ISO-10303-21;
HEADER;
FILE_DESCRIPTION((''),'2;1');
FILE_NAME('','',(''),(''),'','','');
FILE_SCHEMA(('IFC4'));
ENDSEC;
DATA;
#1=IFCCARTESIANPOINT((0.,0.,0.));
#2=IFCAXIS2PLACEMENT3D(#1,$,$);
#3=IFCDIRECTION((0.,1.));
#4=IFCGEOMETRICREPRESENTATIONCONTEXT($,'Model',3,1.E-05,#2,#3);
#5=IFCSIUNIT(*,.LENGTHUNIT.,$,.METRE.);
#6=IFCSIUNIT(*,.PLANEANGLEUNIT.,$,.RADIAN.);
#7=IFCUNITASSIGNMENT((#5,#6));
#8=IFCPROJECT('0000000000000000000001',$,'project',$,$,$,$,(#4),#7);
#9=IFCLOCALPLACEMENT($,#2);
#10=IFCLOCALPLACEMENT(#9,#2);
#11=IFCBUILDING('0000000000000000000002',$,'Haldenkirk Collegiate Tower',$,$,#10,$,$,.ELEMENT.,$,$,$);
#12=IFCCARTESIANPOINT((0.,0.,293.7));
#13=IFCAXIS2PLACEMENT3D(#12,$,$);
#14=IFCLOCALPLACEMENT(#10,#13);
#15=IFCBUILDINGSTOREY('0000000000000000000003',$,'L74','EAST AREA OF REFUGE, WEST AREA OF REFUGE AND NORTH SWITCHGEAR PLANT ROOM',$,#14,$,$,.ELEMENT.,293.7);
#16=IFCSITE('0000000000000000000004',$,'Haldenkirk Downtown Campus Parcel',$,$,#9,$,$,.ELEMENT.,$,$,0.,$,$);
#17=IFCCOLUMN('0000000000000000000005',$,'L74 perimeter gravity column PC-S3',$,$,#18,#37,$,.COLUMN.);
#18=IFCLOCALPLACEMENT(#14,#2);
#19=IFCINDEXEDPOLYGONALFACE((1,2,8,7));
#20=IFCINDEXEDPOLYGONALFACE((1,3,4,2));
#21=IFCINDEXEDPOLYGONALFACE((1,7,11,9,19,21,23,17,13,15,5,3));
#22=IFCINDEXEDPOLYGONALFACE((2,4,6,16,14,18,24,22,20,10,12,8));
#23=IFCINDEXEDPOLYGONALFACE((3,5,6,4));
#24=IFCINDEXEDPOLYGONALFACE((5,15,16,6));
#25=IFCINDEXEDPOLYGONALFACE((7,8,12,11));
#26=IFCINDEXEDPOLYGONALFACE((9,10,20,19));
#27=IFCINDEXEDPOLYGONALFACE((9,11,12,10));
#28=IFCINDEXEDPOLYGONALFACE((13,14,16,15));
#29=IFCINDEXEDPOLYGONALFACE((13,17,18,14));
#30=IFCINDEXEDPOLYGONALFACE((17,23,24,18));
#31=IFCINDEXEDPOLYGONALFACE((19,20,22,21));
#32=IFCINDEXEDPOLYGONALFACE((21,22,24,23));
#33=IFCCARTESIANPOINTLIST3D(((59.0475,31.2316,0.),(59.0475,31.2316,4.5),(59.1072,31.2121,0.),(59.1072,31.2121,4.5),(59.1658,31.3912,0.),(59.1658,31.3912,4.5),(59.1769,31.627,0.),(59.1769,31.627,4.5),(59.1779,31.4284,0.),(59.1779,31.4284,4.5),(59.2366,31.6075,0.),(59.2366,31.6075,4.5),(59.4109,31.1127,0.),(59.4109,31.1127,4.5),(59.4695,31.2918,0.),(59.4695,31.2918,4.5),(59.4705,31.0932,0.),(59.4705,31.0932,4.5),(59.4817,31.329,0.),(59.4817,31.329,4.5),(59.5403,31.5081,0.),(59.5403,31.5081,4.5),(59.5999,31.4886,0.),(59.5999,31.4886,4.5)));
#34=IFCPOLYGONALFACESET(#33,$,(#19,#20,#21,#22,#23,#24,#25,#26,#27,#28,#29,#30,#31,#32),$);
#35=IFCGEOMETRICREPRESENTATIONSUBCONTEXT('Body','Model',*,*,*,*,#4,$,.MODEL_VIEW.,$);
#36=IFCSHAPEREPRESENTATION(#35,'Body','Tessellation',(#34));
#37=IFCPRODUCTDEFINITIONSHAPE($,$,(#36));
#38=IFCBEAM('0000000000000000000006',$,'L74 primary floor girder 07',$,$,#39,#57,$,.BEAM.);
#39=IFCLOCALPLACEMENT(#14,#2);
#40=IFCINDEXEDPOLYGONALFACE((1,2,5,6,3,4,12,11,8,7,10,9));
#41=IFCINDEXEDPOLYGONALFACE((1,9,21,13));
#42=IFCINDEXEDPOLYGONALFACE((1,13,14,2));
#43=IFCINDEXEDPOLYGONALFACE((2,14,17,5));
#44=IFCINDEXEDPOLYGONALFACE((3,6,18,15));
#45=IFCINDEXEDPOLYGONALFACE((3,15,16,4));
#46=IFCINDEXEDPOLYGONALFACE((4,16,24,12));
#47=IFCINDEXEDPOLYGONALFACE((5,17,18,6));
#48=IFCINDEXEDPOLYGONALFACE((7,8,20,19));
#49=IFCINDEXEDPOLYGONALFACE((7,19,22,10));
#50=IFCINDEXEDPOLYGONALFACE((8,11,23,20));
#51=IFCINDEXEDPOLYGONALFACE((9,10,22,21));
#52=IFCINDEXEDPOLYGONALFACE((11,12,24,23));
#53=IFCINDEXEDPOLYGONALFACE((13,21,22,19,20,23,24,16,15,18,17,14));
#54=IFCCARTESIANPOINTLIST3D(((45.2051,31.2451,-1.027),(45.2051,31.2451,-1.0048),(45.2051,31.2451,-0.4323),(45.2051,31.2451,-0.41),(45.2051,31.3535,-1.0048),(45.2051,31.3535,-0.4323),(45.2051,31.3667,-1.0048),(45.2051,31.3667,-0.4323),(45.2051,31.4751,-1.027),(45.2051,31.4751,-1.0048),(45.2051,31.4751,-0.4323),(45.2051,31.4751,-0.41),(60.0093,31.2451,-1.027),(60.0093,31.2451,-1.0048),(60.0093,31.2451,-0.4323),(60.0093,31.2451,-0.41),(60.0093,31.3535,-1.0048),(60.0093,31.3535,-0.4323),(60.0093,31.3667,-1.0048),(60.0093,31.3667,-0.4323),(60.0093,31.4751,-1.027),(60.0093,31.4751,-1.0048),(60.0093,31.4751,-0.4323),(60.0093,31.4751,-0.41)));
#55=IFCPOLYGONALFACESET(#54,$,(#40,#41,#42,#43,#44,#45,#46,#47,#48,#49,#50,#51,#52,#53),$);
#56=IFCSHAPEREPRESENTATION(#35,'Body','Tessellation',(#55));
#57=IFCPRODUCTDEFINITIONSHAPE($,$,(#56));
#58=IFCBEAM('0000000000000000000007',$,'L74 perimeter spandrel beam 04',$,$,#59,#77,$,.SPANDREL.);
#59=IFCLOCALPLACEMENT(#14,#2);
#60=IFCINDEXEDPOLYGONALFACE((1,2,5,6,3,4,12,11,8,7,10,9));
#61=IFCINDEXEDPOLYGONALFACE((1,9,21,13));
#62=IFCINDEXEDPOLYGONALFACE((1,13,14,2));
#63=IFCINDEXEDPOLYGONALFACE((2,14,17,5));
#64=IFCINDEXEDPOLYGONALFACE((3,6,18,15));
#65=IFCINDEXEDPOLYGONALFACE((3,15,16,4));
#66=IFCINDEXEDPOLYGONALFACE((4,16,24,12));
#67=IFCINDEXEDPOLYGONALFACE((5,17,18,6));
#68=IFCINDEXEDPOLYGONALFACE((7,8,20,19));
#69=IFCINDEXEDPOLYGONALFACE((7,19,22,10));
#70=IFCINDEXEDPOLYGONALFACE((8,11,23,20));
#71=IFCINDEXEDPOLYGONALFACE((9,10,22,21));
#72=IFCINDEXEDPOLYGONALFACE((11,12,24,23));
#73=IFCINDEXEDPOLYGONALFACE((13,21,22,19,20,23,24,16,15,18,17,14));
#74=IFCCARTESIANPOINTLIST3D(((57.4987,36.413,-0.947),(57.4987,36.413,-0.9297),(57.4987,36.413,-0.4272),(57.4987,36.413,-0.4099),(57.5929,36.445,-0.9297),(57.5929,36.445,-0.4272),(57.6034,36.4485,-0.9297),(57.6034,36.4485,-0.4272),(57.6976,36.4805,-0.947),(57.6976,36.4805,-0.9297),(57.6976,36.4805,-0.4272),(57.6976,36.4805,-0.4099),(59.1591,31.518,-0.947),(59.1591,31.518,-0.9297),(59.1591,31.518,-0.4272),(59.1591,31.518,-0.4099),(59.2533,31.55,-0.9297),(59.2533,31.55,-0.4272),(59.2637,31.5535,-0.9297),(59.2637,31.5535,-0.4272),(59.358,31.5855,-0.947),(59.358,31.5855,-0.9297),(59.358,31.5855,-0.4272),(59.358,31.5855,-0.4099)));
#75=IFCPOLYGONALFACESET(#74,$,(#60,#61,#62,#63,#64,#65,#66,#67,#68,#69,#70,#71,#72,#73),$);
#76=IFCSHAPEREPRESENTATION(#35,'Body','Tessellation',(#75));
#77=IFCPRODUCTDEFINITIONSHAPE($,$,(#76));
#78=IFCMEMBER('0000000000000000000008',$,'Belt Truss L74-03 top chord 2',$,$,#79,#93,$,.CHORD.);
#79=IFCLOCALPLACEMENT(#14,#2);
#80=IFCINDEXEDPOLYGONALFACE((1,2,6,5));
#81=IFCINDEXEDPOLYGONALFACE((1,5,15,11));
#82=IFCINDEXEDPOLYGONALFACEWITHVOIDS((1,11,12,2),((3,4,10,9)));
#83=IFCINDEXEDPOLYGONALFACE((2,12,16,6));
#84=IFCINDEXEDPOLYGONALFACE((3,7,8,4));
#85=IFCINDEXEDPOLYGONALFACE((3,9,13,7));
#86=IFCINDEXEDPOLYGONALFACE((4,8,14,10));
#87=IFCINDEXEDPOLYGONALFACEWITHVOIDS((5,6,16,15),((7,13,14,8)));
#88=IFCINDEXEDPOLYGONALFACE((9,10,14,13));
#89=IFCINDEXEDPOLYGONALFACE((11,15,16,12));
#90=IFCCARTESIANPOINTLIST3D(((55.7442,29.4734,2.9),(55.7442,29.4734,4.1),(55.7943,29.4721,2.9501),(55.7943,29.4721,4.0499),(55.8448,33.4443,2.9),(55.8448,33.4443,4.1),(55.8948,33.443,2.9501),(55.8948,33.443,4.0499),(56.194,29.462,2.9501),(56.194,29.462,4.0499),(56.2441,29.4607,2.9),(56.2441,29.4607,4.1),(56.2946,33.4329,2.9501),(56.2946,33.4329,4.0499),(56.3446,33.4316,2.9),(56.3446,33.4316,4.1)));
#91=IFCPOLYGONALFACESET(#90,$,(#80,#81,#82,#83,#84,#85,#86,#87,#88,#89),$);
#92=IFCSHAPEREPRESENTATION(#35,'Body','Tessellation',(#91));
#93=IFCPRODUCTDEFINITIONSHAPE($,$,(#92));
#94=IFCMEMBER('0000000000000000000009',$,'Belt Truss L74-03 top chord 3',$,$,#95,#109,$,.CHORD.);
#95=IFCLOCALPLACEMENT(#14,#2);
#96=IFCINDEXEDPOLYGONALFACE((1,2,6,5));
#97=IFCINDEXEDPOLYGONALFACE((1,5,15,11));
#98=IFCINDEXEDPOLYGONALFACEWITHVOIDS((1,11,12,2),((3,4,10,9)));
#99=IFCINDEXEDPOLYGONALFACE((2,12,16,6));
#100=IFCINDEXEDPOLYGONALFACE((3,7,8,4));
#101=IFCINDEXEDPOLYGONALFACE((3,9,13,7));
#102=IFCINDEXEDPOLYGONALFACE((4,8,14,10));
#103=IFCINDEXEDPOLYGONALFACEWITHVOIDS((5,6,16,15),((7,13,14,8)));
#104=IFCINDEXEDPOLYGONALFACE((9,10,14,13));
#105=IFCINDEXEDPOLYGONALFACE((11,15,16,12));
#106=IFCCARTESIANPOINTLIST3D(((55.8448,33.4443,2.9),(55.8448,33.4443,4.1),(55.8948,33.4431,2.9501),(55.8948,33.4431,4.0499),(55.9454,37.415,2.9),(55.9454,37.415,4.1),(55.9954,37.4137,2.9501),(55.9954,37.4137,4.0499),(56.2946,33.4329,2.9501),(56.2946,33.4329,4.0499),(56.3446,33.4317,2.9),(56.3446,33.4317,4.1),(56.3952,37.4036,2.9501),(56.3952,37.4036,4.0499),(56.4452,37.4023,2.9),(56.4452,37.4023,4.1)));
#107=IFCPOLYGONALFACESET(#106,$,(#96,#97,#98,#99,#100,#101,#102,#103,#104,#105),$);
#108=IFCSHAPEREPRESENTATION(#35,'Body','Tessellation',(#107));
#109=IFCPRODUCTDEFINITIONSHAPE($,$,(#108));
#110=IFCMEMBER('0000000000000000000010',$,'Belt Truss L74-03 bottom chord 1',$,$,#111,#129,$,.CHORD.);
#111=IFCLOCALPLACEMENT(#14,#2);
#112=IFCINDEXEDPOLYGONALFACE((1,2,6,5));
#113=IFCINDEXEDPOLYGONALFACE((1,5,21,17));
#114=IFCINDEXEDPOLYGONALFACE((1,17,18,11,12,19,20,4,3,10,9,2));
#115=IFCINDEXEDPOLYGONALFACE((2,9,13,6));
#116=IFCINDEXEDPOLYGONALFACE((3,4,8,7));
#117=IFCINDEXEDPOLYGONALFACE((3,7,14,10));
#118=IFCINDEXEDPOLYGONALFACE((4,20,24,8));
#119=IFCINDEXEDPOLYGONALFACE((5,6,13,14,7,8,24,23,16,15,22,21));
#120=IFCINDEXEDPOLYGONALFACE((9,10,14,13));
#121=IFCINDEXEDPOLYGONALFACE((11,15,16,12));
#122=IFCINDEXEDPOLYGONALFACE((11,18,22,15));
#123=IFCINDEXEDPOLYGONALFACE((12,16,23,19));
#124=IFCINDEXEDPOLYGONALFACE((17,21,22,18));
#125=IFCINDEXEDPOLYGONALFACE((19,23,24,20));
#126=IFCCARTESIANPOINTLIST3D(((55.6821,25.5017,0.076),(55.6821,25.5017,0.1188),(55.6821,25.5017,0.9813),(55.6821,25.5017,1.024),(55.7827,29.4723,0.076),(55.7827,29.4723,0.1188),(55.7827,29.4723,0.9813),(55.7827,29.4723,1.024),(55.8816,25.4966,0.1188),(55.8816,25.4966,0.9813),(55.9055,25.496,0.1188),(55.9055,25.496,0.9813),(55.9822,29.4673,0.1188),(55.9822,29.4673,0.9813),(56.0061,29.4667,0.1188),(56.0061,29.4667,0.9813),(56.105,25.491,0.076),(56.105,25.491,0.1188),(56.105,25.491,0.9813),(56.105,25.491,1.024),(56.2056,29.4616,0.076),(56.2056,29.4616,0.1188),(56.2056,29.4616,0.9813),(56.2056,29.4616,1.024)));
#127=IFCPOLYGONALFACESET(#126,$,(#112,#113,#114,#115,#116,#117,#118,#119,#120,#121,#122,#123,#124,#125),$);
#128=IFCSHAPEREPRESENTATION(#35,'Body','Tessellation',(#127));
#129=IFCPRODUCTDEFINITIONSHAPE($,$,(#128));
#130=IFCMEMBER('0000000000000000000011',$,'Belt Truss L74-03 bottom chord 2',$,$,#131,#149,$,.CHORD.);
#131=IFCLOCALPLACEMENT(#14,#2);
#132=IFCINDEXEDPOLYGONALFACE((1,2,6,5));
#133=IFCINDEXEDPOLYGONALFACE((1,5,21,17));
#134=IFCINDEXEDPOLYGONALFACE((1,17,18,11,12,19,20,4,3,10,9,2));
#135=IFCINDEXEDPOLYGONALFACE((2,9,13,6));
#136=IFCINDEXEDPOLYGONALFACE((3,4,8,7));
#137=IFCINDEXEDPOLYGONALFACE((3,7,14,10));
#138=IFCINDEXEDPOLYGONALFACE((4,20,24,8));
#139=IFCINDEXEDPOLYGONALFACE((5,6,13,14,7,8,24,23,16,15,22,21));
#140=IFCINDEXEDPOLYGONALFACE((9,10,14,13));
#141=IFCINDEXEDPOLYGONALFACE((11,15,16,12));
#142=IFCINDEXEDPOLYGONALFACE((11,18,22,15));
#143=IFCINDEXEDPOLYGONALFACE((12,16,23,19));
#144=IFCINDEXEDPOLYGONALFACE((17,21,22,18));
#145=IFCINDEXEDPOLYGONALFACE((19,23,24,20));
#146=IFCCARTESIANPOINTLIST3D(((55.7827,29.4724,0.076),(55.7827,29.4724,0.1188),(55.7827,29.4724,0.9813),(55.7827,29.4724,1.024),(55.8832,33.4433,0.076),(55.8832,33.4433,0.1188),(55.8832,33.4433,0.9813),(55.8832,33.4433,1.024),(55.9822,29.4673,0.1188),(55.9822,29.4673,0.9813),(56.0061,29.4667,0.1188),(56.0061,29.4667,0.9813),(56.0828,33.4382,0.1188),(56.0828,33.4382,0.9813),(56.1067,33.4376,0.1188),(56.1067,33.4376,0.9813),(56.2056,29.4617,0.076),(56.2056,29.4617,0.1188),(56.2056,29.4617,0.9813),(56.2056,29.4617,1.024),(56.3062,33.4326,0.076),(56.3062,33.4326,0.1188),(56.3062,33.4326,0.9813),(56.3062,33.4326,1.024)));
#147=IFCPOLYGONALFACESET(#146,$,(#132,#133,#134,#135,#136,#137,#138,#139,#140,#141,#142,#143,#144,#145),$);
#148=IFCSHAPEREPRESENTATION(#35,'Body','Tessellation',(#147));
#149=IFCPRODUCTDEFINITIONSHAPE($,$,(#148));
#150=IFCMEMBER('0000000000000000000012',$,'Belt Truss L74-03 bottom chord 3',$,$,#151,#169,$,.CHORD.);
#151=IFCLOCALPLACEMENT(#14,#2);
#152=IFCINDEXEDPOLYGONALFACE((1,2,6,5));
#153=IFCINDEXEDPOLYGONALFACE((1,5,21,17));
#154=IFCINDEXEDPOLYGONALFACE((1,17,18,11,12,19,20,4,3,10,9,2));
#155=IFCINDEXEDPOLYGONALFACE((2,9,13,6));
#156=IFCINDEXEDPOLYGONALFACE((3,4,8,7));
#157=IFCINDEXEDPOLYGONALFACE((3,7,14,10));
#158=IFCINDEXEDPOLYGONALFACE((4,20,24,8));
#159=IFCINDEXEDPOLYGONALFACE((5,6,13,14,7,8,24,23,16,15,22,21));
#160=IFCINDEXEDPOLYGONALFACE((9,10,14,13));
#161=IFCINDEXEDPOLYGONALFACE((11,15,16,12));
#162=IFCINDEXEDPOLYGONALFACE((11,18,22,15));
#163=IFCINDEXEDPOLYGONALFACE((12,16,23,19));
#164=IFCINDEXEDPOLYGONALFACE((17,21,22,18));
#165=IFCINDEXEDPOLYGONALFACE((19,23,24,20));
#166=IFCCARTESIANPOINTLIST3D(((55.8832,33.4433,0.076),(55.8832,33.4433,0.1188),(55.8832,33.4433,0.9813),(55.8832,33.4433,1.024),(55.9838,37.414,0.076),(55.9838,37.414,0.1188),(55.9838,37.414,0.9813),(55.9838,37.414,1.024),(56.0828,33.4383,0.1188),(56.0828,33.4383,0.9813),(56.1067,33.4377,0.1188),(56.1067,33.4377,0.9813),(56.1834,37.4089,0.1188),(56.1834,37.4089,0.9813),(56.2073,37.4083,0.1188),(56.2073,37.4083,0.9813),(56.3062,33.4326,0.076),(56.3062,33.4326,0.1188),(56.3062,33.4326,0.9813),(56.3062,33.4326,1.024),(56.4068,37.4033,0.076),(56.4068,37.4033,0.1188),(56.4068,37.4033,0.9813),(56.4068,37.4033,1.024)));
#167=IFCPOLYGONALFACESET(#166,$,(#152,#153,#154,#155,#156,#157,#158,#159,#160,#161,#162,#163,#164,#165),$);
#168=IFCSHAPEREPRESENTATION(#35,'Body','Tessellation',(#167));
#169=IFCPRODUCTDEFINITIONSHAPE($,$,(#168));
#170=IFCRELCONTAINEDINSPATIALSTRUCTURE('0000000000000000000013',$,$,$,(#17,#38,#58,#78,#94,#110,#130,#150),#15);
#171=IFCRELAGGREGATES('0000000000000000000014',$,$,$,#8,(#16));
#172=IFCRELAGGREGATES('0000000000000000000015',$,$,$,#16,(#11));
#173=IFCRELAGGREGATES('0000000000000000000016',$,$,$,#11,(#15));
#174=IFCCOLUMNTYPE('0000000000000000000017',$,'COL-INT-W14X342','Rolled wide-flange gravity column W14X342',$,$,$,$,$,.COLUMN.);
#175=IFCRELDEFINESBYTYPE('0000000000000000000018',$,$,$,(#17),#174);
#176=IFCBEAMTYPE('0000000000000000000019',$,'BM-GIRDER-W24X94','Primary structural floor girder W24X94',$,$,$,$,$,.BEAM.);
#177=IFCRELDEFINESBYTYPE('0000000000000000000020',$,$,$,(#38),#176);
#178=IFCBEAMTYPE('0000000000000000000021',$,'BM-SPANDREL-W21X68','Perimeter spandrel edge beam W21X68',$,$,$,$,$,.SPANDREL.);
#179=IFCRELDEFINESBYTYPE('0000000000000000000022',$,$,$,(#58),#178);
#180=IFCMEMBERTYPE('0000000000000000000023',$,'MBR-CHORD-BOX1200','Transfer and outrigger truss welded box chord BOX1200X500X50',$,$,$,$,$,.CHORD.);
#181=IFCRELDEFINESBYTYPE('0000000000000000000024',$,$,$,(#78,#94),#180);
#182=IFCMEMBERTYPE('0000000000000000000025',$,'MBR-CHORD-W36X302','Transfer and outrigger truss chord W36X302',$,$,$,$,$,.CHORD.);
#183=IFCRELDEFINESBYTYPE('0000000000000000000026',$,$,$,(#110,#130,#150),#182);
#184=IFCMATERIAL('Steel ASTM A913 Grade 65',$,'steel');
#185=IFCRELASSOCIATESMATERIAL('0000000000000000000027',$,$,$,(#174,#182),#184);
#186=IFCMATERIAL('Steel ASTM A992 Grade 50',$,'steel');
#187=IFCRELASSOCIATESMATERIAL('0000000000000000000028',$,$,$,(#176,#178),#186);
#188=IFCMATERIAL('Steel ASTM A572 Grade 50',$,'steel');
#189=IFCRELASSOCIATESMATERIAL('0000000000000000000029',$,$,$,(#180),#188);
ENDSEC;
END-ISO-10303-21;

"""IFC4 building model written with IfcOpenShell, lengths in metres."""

from ifc_helpers import new_model, si_unit, direction, frame, origin, origin_2d, place, context, subcontext, project, spatial, hollow_rectangle, i_section, extrude, material, material_profile, profile_set, type_object, element, save


model = new_model("IFC4")

# Units and contexts
model_context = context("Model", 3, precision=1e-05, world=origin(), true_north=direction((0.0, 1.0)))
body_context = subcontext(model_context, "Body", "Model", "MODEL_VIEW")
ifc_project = project(units=[si_unit("LENGTHUNIT", "METRE"), si_unit("PLANEANGLEUNIT", "RADIAN")], contexts=[model_context])

# Site, building, storey
site_placement = place(None, origin())
site = spatial("IfcSite", under=ifc_project, at=site_placement, Name="Haldenkirk Downtown Campus Parcel", CompositionType="ELEMENT", RefElevation=0.0)
building_placement = place(site_placement, origin())
building = spatial("IfcBuilding", under=site, at=building_placement, Name="Haldenkirk Collegiate Tower", CompositionType="ELEMENT")
storey_placement = place(building_placement, frame((0.0, 0.0, 293.7)))
storey = spatial("IfcBuildingStorey", under=building, at=storey_placement, Name="L74", Description="EAST AREA OF REFUGE, WEST AREA OF REFUGE AND NORTH SWITCHGEAR PLANT ROOM", CompositionType="ELEMENT", Elevation=293.7)

# Column
ifc_material_1 = material(Name="Steel ASTM A913 Grade 65", Category="steel")
ifc_material_profile_1 = material_profile(ifc_material_1, i_section(OverallWidth=0.416, OverallDepth=0.4451, WebThickness=0.0391, FlangeThickness=0.0627, at=origin_2d()), Name="W14X342")
ifc_profile_set_1 = profile_set([ifc_material_profile_1], Name="Steel ASTM A913 Grade 65")
column_type = type_object("IfcColumnType", Name="COL-INT-W14X342", Description="Rolled wide-flange gravity column W14X342", PredefinedType="COLUMN", material=ifc_profile_set_1)
column_placement = place(storey_placement, frame((59.3237, 31.3601, 0.0), z_axis=(0.0, 0.0, 1.0), x_axis=(0.311008, 0.950407, 0.0)))
element("IfcColumn", 1, at=column_placement, inside=storey, type_object=column_type, Name="L74 perimeter gravity column PC-S3", PredefinedType="COLUMN", context=body_context, shape_type="SweptSolid", body=[
    extrude(i_section(OverallWidth=0.416, OverallDepth=0.4451, WebThickness=0.0391, FlangeThickness=0.0627, at=origin_2d()), origin(), (0.0, 0.0, 1.0), 4.5),
])

# Beams
ifc_material_2 = material(Name="Steel ASTM A992 Grade 50", Category="steel")
ifc_material_profile_2 = material_profile(ifc_material_2, i_section(OverallWidth=0.23, OverallDepth=0.6169, WebThickness=0.0132, FlangeThickness=0.0222, at=origin_2d()), Name="W24X94")
ifc_profile_set_2 = profile_set([ifc_material_profile_2], Name="Steel ASTM A992 Grade 50")
beam_type_1 = type_object("IfcBeamType", Name="BM-GIRDER-W24X94", Description="Primary structural floor girder W24X94", PredefinedType="BEAM", material=ifc_profile_set_2)
beam_1_placement = place(storey_placement, frame((60.0093, 31.3601, -0.7185), z_axis=(-1.0, 0.0, 0.0), x_axis=(0.0, -1.0, 0.0)))
element("IfcBeam", 2, at=beam_1_placement, inside=storey, type_object=beam_type_1, Name="L74 primary floor girder 07", PredefinedType="BEAM", context=body_context, shape_type="SweptSolid", body=[
    extrude(i_section(OverallWidth=0.23, OverallDepth=0.6169, WebThickness=0.0132, FlangeThickness=0.0222, at=origin_2d()), origin(), (0.0, 0.0, 1.0), 14.8042),
])
ifc_material_profile_3 = material_profile(ifc_material_2, i_section(OverallWidth=0.21, OverallDepth=0.5371, WebThickness=0.011, FlangeThickness=0.0173, at=origin_2d()), Name="W21X68")
ifc_profile_set_3 = profile_set([ifc_material_profile_3], Name="Steel ASTM A992 Grade 50")
beam_type_2 = type_object("IfcBeamType", Name="BM-SPANDREL-W21X68", Description="Perimeter spandrel edge beam W21X68", PredefinedType="SPANDREL", material=ifc_profile_set_3)
beam_2_placement = place(storey_placement, frame((59.2585, 31.5518, -0.6785), z_axis=(-0.321225, 0.947003, 0.0), x_axis=(-0.947003, -0.321225, 0.0)))
element("IfcBeam", 3, at=beam_2_placement, inside=storey, type_object=beam_type_2, Name="L74 perimeter spandrel beam 04", PredefinedType="SPANDREL", context=body_context, shape_type="SweptSolid", body=[
    extrude(i_section(OverallWidth=0.21, OverallDepth=0.5371, WebThickness=0.011, FlangeThickness=0.0173, at=origin_2d()), origin(), (0.0, 0.0, 1.0), 5.1689),
])

# Members
ifc_material_3 = material(Name="Steel ASTM A572 Grade 50", Category="steel")
ifc_material_profile_4 = material_profile(ifc_material_3, hollow_rectangle(XDim=0.5, YDim=1.2, WallThickness=0.05, at=origin_2d()), Name="BOX1200X500X50")
ifc_profile_set_4 = profile_set([ifc_material_profile_4], Name="Steel ASTM A572 Grade 50")
member_type_1 = type_object("IfcMemberType", Name="MBR-CHORD-BOX1200", Description="Transfer and outrigger truss welded box chord BOX1200X500X50", PredefinedType="CHORD", material=ifc_profile_set_4)
member_1_placement = place(storey_placement, frame((55.9941, 29.467, 3.5), z_axis=(0.025322, 0.999679, 0.0), x_axis=(-0.999679, 0.025322, 0.0)))
element("IfcMember", 4, at=member_1_placement, inside=storey, type_object=member_type_1, Name="Belt Truss L74-03 top chord 2", PredefinedType="CHORD", context=body_context, shape_type="SweptSolid", body=[
    extrude(hollow_rectangle(XDim=0.5, YDim=1.2, WallThickness=0.05, at=origin_2d()), origin(), (0.0, 0.0, 1.0), 3.9722),
])
member_2_placement = place(storey_placement, frame((56.0947, 33.438, 3.5), z_axis=(0.025324, 0.999679, 0.0), x_axis=(-0.999679, 0.025324, 0.0)))
element("IfcMember", 5, at=member_2_placement, inside=storey, type_object=member_type_1, Name="Belt Truss L74-03 top chord 3", PredefinedType="CHORD", context=body_context, shape_type="SweptSolid", body=[
    extrude(hollow_rectangle(XDim=0.5, YDim=1.2, WallThickness=0.05, at=origin_2d()), origin(), (0.0, 0.0, 1.0), 3.9719),
])
ifc_material_profile_5 = material_profile(ifc_material_1, i_section(OverallWidth=0.4231, OverallDepth=0.948, WebThickness=0.0239, FlangeThickness=0.0427, at=origin_2d()), Name="W36X302")
ifc_profile_set_5 = profile_set([ifc_material_profile_5], Name="Steel ASTM A913 Grade 65")
member_type_2 = type_object("IfcMemberType", Name="MBR-CHORD-W36X302", Description="Transfer and outrigger truss chord W36X302", PredefinedType="CHORD", material=ifc_profile_set_5)
member_3_placement = place(storey_placement, frame((55.8936, 25.4963, 0.55), z_axis=(0.025324, 0.999679, 0.0), x_axis=(-0.999679, 0.025324, 0.0)))
element("IfcMember", 6, at=member_3_placement, inside=storey, type_object=member_type_2, Name="Belt Truss L74-03 bottom chord 1", PredefinedType="CHORD", context=body_context, shape_type="SweptSolid", body=[
    extrude(i_section(OverallWidth=0.4231, OverallDepth=0.948, WebThickness=0.0239, FlangeThickness=0.0427, at=origin_2d()), origin(), (0.0, 0.0, 1.0), 3.9719),
])
member_4_placement = place(storey_placement, frame((55.9941, 29.467, 0.55), z_axis=(0.025322, 0.999679, 0.0), x_axis=(-0.999679, 0.025322, 0.0)))
element("IfcMember", 7, at=member_4_placement, inside=storey, type_object=member_type_2, Name="Belt Truss L74-03 bottom chord 2", PredefinedType="CHORD", context=body_context, shape_type="SweptSolid", body=[
    extrude(i_section(OverallWidth=0.4231, OverallDepth=0.948, WebThickness=0.0239, FlangeThickness=0.0427, at=origin_2d()), origin(), (0.0, 0.0, 1.0), 3.9722),
])
member_5_placement = place(storey_placement, frame((56.0947, 33.438, 0.55), z_axis=(0.025324, 0.999679, 0.0), x_axis=(-0.999679, 0.025324, 0.0)))
element("IfcMember", 8, at=member_5_placement, inside=storey, type_object=member_type_2, Name="Belt Truss L74-03 bottom chord 3", PredefinedType="CHORD", context=body_context, shape_type="SweptSolid", body=[
    extrude(i_section(OverallWidth=0.4231, OverallDepth=0.948, WebThickness=0.0239, FlangeThickness=0.0427, at=origin_2d()), origin(), (0.0, 0.0, 1.0), 3.9719),
])

save(model, "model.ifc")
